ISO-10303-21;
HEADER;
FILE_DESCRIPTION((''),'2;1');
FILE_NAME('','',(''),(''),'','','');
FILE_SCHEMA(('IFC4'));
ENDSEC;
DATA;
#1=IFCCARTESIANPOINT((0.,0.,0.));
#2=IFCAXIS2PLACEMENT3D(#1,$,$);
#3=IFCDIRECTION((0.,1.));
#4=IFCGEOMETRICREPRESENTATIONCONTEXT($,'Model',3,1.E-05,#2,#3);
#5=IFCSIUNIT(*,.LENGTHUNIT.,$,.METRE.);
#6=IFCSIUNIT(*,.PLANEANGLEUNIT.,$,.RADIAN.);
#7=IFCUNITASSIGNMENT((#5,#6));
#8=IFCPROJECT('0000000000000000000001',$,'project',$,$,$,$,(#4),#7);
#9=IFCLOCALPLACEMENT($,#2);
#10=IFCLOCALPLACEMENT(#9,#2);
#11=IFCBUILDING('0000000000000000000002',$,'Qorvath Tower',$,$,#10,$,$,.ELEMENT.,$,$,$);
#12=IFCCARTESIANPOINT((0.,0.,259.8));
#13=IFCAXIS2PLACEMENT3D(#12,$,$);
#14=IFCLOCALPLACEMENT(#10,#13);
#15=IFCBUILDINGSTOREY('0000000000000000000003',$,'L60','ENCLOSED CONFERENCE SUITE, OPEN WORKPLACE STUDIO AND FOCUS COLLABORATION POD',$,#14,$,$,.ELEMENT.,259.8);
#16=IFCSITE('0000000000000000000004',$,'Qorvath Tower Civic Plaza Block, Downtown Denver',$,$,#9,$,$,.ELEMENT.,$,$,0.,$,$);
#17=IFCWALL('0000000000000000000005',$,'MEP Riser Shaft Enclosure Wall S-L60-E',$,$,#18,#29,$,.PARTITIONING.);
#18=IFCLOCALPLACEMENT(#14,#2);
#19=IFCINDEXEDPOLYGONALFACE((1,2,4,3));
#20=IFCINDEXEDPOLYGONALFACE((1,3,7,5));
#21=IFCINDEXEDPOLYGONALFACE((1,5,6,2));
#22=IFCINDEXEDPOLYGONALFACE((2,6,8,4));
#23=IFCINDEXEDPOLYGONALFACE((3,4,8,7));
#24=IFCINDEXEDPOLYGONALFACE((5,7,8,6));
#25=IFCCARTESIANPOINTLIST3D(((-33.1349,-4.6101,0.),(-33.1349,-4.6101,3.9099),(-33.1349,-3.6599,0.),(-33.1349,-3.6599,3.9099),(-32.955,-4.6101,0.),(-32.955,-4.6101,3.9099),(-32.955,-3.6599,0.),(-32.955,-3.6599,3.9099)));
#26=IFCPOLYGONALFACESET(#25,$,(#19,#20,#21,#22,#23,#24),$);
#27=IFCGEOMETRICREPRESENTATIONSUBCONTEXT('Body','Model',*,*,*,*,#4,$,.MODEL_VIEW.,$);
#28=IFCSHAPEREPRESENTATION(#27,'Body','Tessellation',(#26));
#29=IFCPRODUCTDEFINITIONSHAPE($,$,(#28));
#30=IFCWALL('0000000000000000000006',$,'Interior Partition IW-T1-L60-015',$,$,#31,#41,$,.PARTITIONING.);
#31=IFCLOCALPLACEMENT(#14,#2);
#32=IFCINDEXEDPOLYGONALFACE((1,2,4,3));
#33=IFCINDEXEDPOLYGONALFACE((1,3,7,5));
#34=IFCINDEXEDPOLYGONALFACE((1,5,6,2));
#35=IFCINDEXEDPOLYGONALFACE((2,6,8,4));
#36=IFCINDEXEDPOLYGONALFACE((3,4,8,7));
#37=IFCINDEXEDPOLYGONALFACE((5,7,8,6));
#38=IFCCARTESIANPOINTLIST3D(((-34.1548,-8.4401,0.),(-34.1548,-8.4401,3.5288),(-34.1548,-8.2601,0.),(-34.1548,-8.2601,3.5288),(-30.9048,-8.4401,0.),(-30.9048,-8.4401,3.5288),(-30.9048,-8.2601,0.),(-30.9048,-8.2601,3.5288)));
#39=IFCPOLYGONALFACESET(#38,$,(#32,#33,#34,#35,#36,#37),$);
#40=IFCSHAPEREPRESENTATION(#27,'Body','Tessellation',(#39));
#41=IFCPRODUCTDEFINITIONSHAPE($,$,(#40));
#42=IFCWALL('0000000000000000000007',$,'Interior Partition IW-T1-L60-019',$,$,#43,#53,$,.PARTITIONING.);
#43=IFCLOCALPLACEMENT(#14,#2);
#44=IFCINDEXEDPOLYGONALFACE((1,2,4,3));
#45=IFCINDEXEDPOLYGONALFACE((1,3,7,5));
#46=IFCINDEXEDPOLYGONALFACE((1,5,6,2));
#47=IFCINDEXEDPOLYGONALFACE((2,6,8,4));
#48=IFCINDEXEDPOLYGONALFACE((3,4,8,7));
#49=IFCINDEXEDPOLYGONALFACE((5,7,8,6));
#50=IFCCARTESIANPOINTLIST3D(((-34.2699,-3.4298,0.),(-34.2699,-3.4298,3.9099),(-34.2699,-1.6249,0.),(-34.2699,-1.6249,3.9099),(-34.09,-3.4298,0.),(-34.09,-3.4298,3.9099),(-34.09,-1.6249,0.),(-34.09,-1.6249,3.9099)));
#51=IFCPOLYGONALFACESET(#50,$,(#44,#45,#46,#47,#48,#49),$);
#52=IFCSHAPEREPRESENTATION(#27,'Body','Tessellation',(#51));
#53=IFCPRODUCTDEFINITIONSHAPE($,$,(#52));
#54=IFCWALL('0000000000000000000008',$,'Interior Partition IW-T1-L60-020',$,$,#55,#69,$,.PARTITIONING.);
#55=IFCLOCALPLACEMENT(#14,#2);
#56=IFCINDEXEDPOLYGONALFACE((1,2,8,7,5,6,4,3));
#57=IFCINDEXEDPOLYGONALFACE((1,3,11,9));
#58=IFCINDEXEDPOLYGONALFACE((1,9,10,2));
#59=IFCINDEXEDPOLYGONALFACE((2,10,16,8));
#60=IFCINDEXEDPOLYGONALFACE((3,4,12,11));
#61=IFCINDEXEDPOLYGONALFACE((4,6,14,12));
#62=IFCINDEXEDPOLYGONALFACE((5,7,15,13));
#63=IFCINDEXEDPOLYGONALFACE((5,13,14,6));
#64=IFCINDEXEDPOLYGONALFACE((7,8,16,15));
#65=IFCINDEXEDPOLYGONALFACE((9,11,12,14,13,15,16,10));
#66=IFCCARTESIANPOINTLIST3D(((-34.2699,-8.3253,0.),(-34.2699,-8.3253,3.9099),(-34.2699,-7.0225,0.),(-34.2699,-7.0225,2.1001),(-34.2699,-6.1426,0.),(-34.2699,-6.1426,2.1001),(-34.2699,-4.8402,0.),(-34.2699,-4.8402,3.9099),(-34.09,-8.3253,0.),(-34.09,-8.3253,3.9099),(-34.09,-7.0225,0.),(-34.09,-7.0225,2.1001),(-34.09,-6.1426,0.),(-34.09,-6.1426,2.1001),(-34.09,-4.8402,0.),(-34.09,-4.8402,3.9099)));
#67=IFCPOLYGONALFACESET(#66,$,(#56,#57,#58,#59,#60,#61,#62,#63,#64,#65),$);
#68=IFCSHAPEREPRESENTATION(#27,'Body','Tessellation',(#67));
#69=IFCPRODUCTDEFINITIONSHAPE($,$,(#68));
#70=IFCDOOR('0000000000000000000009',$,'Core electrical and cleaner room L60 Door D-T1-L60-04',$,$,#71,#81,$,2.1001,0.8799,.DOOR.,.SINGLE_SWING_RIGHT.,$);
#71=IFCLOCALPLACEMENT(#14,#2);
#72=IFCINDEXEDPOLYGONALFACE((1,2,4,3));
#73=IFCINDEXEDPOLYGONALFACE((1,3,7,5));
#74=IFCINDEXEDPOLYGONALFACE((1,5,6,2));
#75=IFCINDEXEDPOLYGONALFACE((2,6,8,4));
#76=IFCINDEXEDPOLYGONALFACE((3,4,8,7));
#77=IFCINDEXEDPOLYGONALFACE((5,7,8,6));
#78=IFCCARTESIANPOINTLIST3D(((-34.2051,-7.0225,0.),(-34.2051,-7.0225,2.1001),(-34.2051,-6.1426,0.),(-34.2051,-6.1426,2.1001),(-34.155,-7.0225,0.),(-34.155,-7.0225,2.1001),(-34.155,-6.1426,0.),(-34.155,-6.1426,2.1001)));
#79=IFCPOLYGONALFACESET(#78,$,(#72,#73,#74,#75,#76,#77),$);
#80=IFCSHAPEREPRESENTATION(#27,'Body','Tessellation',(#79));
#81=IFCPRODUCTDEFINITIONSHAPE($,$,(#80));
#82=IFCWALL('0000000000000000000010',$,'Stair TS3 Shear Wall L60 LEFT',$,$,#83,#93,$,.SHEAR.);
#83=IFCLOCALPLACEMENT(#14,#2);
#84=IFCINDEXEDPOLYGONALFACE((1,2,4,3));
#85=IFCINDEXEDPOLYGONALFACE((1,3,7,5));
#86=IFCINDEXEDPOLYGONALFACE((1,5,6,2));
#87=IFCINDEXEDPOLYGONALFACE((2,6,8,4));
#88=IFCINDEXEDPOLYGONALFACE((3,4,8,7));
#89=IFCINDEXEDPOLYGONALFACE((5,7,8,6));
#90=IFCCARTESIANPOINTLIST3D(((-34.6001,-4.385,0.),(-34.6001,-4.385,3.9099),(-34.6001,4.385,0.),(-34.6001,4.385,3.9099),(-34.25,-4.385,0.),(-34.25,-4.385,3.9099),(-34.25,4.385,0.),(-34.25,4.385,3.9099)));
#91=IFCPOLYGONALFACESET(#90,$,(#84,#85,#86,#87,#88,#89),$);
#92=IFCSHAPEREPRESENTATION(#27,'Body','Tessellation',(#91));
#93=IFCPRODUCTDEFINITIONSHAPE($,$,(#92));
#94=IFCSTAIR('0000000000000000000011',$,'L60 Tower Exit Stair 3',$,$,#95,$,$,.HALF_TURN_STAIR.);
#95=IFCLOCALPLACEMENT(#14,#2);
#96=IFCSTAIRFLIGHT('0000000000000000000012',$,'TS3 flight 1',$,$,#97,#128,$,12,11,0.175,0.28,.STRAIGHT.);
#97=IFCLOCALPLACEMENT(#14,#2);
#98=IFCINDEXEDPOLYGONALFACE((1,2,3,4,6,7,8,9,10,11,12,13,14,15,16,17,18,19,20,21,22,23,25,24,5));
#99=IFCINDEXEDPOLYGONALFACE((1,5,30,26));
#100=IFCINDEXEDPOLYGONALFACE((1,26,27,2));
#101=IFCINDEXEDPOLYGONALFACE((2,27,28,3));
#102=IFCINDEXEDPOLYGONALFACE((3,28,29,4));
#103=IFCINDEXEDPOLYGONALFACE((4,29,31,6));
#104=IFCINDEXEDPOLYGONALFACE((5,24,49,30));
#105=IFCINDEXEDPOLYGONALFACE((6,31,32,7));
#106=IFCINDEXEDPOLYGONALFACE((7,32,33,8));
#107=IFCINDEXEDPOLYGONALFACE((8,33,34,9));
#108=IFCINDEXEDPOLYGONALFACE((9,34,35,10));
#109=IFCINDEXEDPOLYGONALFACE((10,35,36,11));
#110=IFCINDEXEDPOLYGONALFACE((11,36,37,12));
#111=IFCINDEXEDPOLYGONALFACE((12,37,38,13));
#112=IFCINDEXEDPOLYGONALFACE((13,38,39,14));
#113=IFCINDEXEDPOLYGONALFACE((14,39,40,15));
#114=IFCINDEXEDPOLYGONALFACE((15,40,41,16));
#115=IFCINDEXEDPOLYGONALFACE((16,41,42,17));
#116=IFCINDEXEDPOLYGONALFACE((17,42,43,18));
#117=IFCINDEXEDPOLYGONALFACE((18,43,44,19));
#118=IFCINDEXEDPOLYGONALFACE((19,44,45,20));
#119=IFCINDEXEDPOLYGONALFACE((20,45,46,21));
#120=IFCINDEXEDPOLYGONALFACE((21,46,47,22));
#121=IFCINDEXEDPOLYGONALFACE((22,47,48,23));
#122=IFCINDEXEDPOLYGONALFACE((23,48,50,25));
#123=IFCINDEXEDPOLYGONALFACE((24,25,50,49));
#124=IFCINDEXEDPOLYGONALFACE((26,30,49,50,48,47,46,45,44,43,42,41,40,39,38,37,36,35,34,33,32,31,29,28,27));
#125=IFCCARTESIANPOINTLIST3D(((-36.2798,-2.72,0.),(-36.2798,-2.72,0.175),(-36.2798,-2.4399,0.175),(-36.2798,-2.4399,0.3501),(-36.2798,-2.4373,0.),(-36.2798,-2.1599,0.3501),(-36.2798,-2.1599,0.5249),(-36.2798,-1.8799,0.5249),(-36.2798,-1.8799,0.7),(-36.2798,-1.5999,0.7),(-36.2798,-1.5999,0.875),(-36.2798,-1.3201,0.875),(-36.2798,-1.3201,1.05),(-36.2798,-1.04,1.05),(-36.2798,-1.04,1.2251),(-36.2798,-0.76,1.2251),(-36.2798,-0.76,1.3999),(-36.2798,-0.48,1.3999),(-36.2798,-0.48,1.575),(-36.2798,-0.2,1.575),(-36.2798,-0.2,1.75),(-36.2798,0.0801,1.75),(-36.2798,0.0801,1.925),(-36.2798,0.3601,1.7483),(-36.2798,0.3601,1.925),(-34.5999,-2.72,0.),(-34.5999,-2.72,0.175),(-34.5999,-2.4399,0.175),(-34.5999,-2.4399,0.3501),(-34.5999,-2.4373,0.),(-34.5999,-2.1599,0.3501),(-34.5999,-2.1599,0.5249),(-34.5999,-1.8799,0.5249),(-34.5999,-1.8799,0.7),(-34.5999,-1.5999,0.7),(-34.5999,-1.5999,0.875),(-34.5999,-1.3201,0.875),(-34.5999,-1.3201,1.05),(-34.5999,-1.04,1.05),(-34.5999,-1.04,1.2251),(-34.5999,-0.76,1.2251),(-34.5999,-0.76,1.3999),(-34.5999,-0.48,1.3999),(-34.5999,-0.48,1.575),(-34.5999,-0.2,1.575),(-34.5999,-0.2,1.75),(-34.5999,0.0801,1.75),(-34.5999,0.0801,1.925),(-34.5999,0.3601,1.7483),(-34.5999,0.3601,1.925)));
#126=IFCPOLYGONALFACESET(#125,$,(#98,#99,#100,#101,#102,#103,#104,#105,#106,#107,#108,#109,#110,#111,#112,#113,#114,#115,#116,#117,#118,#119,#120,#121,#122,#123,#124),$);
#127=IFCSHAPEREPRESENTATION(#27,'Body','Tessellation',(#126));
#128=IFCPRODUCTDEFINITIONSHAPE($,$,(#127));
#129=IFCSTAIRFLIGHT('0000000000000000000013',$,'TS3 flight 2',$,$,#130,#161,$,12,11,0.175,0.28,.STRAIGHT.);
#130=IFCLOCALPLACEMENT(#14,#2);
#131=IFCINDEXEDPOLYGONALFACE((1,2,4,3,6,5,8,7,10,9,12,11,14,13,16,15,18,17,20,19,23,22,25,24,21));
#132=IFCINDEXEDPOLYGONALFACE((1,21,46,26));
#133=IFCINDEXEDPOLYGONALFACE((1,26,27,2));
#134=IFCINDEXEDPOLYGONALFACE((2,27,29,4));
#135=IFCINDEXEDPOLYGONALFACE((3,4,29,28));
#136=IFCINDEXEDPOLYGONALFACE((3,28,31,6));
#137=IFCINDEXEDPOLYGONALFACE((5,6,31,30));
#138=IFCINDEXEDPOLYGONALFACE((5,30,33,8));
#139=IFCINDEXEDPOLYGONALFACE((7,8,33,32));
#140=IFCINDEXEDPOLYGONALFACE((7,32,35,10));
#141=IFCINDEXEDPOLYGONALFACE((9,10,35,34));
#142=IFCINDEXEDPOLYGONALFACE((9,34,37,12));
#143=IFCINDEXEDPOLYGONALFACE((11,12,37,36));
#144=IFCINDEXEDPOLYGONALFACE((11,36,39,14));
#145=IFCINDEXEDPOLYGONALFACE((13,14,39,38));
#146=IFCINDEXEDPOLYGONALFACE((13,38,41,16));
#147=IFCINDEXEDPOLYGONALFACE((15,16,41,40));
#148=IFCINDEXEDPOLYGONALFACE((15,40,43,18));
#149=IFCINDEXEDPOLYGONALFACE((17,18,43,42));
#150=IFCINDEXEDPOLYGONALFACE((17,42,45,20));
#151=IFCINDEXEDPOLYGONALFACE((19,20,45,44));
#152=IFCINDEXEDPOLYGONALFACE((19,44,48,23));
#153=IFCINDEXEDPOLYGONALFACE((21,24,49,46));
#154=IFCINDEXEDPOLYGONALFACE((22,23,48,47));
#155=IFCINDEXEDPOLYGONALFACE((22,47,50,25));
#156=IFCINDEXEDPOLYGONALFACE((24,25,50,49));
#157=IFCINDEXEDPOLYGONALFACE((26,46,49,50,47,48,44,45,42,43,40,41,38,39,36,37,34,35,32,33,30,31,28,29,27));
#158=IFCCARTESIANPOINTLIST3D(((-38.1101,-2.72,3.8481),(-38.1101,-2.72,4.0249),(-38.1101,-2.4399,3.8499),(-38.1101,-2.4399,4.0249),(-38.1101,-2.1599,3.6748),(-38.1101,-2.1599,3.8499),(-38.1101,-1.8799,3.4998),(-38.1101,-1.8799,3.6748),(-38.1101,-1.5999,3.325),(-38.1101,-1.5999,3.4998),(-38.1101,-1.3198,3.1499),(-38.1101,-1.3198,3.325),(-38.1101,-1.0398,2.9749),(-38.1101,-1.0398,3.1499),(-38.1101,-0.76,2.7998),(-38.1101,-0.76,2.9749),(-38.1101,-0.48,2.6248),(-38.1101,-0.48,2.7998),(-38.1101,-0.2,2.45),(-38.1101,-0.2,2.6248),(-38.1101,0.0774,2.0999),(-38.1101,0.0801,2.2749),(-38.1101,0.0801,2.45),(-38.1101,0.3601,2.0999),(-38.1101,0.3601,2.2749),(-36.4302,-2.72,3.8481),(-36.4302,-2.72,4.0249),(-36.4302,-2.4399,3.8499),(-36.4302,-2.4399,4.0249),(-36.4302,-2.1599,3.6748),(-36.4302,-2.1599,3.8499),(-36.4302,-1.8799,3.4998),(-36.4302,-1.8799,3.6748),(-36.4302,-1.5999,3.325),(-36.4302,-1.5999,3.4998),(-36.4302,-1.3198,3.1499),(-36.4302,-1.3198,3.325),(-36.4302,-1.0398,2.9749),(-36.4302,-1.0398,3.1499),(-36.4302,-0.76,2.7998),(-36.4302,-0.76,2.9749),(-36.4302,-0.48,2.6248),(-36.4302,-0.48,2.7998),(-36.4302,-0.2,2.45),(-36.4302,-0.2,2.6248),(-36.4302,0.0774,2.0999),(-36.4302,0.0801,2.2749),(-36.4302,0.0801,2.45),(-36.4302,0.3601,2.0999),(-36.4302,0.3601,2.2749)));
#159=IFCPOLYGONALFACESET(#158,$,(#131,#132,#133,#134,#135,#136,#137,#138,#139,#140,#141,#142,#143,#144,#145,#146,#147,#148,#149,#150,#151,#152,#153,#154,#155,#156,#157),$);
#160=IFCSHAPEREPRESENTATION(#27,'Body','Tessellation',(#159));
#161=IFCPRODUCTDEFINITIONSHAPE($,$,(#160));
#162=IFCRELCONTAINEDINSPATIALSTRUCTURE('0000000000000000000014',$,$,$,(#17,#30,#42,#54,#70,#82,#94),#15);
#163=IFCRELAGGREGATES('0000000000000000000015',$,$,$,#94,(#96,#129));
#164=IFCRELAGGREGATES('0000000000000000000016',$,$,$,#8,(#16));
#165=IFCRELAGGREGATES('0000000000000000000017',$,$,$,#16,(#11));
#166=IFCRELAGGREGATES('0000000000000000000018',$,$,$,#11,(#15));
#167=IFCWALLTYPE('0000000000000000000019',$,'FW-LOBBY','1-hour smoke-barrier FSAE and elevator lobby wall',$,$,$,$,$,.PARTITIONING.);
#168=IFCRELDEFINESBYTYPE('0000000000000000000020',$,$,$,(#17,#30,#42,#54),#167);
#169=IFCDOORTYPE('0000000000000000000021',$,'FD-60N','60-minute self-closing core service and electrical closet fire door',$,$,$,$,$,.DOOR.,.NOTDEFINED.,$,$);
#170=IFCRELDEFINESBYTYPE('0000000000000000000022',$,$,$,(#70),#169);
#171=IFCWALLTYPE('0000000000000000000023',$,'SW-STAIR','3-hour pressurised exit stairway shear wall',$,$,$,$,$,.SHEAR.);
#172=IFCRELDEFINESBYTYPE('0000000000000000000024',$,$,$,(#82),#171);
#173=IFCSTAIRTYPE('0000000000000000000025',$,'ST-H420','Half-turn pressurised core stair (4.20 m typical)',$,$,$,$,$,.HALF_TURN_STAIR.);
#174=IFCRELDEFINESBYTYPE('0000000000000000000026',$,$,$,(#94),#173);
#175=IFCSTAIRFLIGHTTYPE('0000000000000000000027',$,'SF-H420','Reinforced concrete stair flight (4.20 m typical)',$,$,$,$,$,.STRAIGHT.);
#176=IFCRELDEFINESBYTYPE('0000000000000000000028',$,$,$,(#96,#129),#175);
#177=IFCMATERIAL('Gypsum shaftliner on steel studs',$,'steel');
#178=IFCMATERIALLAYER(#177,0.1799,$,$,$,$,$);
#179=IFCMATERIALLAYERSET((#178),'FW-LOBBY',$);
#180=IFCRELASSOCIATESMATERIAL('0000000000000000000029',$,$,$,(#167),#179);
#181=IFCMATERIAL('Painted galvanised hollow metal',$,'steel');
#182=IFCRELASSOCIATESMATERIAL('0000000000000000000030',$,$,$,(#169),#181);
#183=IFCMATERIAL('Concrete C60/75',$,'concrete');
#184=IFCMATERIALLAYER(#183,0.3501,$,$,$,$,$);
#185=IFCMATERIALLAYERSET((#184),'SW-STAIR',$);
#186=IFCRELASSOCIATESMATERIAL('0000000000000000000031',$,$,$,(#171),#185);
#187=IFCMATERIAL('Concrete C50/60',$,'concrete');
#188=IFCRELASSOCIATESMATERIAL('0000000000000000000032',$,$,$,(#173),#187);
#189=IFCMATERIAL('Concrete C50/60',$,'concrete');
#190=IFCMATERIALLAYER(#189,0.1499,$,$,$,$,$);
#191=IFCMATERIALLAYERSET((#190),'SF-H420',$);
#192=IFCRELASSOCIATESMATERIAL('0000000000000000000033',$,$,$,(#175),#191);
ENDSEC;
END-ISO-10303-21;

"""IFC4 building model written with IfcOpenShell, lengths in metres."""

from ifc_helpers import new_model, si_unit, direction, frame, frame_2d, origin, place, context, subcontext, project, spatial, polyline, rectangle, outline, extrude, material, layer, layer_set, type_object, element, fill, aggregate, save


model = new_model("IFC4")

# Units and contexts
model_context = context("Model", 3, precision=1e-05, world=origin(), true_north=direction((0.0, 1.0)))
body_context = subcontext(model_context, "Body", "Model", "MODEL_VIEW")
ifc_project = project(units=[si_unit("LENGTHUNIT", "METRE"), si_unit("PLANEANGLEUNIT", "RADIAN")], contexts=[model_context])

# Site, building, storey
site_placement = place(None, origin())
site = spatial("IfcSite", under=ifc_project, at=site_placement, Name="Qorvath Tower Civic Plaza Block, Downtown Denver", CompositionType="ELEMENT", RefElevation=0.0)
building_placement = place(site_placement, origin())
building = spatial("IfcBuilding", under=site, at=building_placement, Name="Qorvath Tower", CompositionType="ELEMENT")
storey_placement = place(building_placement, frame((0.0, 0.0, 259.8)))
storey = spatial("IfcBuildingStorey", under=building, at=storey_placement, Name="L60", Description="ENCLOSED CONFERENCE SUITE, OPEN WORKPLACE STUDIO AND FOCUS COLLABORATION POD", CompositionType="ELEMENT", Elevation=259.8)

# Walls
ifc_material_1 = material(Name="Gypsum shaftliner on steel studs", Category="steel")
ifc_layer_1 = layer(ifc_material_1, 0.1799)
ifc_layer_set_1 = layer_set([ifc_layer_1], Name="FW-LOBBY")
wall_type_1 = type_object("IfcWallType", Name="FW-LOBBY", Description="1-hour smoke-barrier FSAE and elevator lobby wall", PredefinedType="PARTITIONING", material=ifc_layer_set_1)
for number, where, z_axis, x_axis, name in (
    (1, (-33.0449, -3.6599, 0.0), (0.0, 0.0, 1.0), (0.0, -1.0, 0.0), "MEP Riser Shaft Enclosure Wall S-L60-E"),
):
    element("IfcWall", number, at=place(storey_placement, frame(where, z_axis=z_axis, x_axis=x_axis)), inside=storey, type_object=wall_type_1, Name=name, PredefinedType="PARTITIONING", context=body_context, shape_type="SweptSolid", body=[
        extrude(rectangle(XDim=0.9502, YDim=0.1799, at=frame_2d((0.4751, 0.0))), origin(), (0.0, 0.0, 1.0), 3.9099),
    ])
wall_1_placement = place(storey_placement, frame((-34.1548, -8.3501, 0.0), z_axis=(0.0, 0.0, 1.0), x_axis=(1.0, 0.0, 0.0)))
element("IfcWall", 2, at=wall_1_placement, inside=storey, type_object=wall_type_1, Name="Interior Partition IW-T1-L60-015", PredefinedType="PARTITIONING", context=body_context, shape_type="SweptSolid", body=[
    extrude(rectangle(XDim=3.25, YDim=0.1799, at=frame_2d((1.625, 0.0))), origin(), (0.0, 0.0, 1.0), 3.5288),
])
wall_2_placement = place(storey_placement, frame((-34.1799, -1.625, 0.0), z_axis=(0.0, 0.0, 1.0), x_axis=(0.0, -1.0, 0.0)))
element("IfcWall", 3, at=wall_2_placement, inside=storey, type_object=wall_type_1, Name="Interior Partition IW-T1-L60-019", PredefinedType="PARTITIONING", context=body_context, shape_type="SweptSolid", body=[
    extrude(rectangle(XDim=1.8049, YDim=0.1799, at=frame_2d((0.9023, 0.0))), origin(), (0.0, 0.0, 1.0), 3.9099),
])

# Wall, opening, door
wall_3_placement = place(storey_placement, frame((-34.1799, -4.8401, 0.0), z_axis=(0.0, 0.0, 1.0), x_axis=(0.0, -1.0, 0.0)))
wall_3 = element("IfcWall", 4, at=wall_3_placement, inside=storey, type_object=wall_type_1, Name="Interior Partition IW-T1-L60-020", PredefinedType="PARTITIONING", context=body_context, shape_type="SweptSolid", body=[
    extrude(rectangle(XDim=3.4851, YDim=0.1799, at=frame_2d((1.7427, 0.0))), origin(), (0.0, 0.0, 1.0), 3.9099),
])
opening_placement = place(wall_3_placement, frame((1.3025, 0.0, 0.0)))
opening = element("IfcOpeningElement", 5, at=opening_placement, cuts=wall_3, PredefinedType="OPENING", context=body_context, shape_type="SweptSolid", body=[
    extrude(rectangle(XDim=0.8799, YDim=2.1001, at=frame_2d((0.4399, 1.05))), frame((0.0, 0.1001, 0.0), z_axis=(0.0, -1.0, 0.0), x_axis=(1.0, 0.0, 0.0)), (0.0, 0.0, 1.0), 0.2),
])
ifc_material_2 = material(Name="Painted galvanised hollow metal", Category="steel")
door_type = type_object("IfcDoorType", Name="FD-60N", Description="60-minute self-closing core service and electrical closet fire door", OperationType="NOTDEFINED", PredefinedType="DOOR", material=ifc_material_2)
door_placement = place(opening_placement, origin())
door = element("IfcDoor", 6, at=door_placement, inside=storey, type_object=door_type, Name="Core electrical and cleaner room L60 Door D-T1-L60-04", OperationType="SINGLE_SWING_RIGHT", OverallHeight=2.1001, OverallWidth=0.8799, PredefinedType="DOOR", context=body_context, shape_type="SweptSolid", body=[
    extrude(rectangle(XDim=0.8799, YDim=2.1001, at=frame_2d((0.4399, 1.05))), frame((0.0, 0.0249, 0.0), z_axis=(0.0, -1.0, 0.0), x_axis=(1.0, 0.0, 0.0)), (0.0, 0.0, 1.0), 0.05),
])
fill(opening, door)

# Wall
ifc_material_3 = material(Name="Concrete C60/75", Category="concrete")
ifc_layer_2 = layer(ifc_material_3, 0.3501)
ifc_layer_set_2 = layer_set([ifc_layer_2], Name="SW-STAIR")
wall_type_2 = type_object("IfcWallType", Name="SW-STAIR", Description="3-hour pressurised exit stairway shear wall", PredefinedType="SHEAR", material=ifc_layer_set_2)
wall_4_placement = place(storey_placement, frame((-34.425, -4.385, 0.0), z_axis=(0.0, 0.0, 1.0), x_axis=(0.0, 1.0, 0.0)))
element("IfcWall", 7, at=wall_4_placement, inside=storey, type_object=wall_type_2, Name="Stair TS3 Shear Wall L60 LEFT", PredefinedType="SHEAR", context=body_context, shape_type="SweptSolid", body=[
    extrude(rectangle(XDim=8.77, YDim=0.3501, at=frame_2d((4.385, 0.0))), origin(), (0.0, 0.0, 1.0), 3.9099),
])

# Stair, stair flights
ifc_material_4 = material(Name="Concrete C50/60", Category="concrete")
stair_type = type_object("IfcStairType", Name="ST-H420", Description="Half-turn pressurised core stair (4.20 m typical)", PredefinedType="HALF_TURN_STAIR", material=ifc_material_4)
stair_placement = place(storey_placement, origin())
stair = element("IfcStair", 8, at=stair_placement, inside=storey, type_object=stair_type, Name="L60 Tower Exit Stair 3", PredefinedType="HALF_TURN_STAIR")
ifc_material_5 = material(Name="Concrete C50/60", Category="concrete")
ifc_layer_3 = layer(ifc_material_5, 0.1499)
ifc_layer_set_3 = layer_set([ifc_layer_3], Name="SF-H420")
stair_flight_type = type_object("IfcStairFlightType", Name="SF-H420", Description="Reinforced concrete stair flight (4.20 m typical)", PredefinedType="STRAIGHT", material=ifc_layer_set_3)
stair_flight_1_placement = place(storey_placement, frame((-35.4399, -2.72, 0.0), z_axis=(0.0, 0.0, 1.0), x_axis=(0.0, 1.0, 0.0)))
stair_flight_1 = element("IfcStairFlight", 9, at=stair_flight_1_placement, type_object=stair_flight_type, Name="TS3 flight 1", NumberOfRisers=12, NumberOfTreads=11, PredefinedType="STRAIGHT", RiserHeight=0.175, TreadLength=0.28, context=body_context, shape_type="SweptSolid", body=[
    extrude(outline(polyline([(0.0, 0.0), (0.0, 0.175), (0.28, 0.175), (0.28, 0.3501), (0.5601, 0.3501), (0.5601, 0.5249), (0.8401, 0.5249), (0.8401, 0.7), (1.1201, 0.7), (1.1201, 0.875), (1.3999, 0.875), (1.3999, 1.05), (1.6799, 1.05), (1.6799, 1.2251), (1.96, 1.2251), (1.96, 1.3999), (2.24, 1.3999), (2.24, 1.575), (2.52, 1.575), (2.52, 1.75), (2.8, 1.75), (2.8, 1.925), (3.0801, 1.925), (3.0801, 2.1001), (3.0801, 1.7483), (0.2827, 0.0), (0.0, 0.0)])), frame((0.0, 0.8398, 0.0), z_axis=(0.0, -1.0, 0.0), x_axis=(1.0, 0.0, 0.0)), (0.0, 0.0, 1.0), 1.6799),
])
stair_flight_2_placement = place(storey_placement, frame((-37.27, 0.3601, 2.0999), z_axis=(0.0, 0.0, 1.0), x_axis=(0.0, -1.0, 0.0)))
stair_flight_2 = element("IfcStairFlight", 10, at=stair_flight_2_placement, type_object=stair_flight_type, Name="TS3 flight 2", NumberOfRisers=12, NumberOfTreads=11, PredefinedType="STRAIGHT", RiserHeight=0.175, TreadLength=0.28, context=body_context, shape_type="SweptSolid", body=[
    extrude(outline(polyline([(0.0, 0.0), (0.0, 0.175), (0.28, 0.175), (0.28, 0.3501), (0.5601, 0.3501), (0.5601, 0.5249), (0.8401, 0.5249), (0.8401, 0.7), (1.1201, 0.7), (1.1201, 0.875), (1.3999, 0.875), (1.3999, 1.05), (1.6799, 1.05), (1.6799, 1.2251), (1.96, 1.2251), (1.96, 1.3999), (2.24, 1.3999), (2.24, 1.575), (2.52, 1.575), (2.52, 1.75), (2.8, 1.75), (2.8, 1.925), (3.0801, 1.925), (3.0801, 2.1001), (3.0801, 1.7483), (0.2827, 0.0), (0.0, 0.0)])), frame((0.0, 0.8398, 0.0), z_axis=(0.0, -1.0, 0.0), x_axis=(1.0, 0.0, 0.0)), (0.0, 0.0, 1.0), 1.6799),
])
aggregate(stair, [stair_flight_1, stair_flight_2])

save(model, "model.ifc")
